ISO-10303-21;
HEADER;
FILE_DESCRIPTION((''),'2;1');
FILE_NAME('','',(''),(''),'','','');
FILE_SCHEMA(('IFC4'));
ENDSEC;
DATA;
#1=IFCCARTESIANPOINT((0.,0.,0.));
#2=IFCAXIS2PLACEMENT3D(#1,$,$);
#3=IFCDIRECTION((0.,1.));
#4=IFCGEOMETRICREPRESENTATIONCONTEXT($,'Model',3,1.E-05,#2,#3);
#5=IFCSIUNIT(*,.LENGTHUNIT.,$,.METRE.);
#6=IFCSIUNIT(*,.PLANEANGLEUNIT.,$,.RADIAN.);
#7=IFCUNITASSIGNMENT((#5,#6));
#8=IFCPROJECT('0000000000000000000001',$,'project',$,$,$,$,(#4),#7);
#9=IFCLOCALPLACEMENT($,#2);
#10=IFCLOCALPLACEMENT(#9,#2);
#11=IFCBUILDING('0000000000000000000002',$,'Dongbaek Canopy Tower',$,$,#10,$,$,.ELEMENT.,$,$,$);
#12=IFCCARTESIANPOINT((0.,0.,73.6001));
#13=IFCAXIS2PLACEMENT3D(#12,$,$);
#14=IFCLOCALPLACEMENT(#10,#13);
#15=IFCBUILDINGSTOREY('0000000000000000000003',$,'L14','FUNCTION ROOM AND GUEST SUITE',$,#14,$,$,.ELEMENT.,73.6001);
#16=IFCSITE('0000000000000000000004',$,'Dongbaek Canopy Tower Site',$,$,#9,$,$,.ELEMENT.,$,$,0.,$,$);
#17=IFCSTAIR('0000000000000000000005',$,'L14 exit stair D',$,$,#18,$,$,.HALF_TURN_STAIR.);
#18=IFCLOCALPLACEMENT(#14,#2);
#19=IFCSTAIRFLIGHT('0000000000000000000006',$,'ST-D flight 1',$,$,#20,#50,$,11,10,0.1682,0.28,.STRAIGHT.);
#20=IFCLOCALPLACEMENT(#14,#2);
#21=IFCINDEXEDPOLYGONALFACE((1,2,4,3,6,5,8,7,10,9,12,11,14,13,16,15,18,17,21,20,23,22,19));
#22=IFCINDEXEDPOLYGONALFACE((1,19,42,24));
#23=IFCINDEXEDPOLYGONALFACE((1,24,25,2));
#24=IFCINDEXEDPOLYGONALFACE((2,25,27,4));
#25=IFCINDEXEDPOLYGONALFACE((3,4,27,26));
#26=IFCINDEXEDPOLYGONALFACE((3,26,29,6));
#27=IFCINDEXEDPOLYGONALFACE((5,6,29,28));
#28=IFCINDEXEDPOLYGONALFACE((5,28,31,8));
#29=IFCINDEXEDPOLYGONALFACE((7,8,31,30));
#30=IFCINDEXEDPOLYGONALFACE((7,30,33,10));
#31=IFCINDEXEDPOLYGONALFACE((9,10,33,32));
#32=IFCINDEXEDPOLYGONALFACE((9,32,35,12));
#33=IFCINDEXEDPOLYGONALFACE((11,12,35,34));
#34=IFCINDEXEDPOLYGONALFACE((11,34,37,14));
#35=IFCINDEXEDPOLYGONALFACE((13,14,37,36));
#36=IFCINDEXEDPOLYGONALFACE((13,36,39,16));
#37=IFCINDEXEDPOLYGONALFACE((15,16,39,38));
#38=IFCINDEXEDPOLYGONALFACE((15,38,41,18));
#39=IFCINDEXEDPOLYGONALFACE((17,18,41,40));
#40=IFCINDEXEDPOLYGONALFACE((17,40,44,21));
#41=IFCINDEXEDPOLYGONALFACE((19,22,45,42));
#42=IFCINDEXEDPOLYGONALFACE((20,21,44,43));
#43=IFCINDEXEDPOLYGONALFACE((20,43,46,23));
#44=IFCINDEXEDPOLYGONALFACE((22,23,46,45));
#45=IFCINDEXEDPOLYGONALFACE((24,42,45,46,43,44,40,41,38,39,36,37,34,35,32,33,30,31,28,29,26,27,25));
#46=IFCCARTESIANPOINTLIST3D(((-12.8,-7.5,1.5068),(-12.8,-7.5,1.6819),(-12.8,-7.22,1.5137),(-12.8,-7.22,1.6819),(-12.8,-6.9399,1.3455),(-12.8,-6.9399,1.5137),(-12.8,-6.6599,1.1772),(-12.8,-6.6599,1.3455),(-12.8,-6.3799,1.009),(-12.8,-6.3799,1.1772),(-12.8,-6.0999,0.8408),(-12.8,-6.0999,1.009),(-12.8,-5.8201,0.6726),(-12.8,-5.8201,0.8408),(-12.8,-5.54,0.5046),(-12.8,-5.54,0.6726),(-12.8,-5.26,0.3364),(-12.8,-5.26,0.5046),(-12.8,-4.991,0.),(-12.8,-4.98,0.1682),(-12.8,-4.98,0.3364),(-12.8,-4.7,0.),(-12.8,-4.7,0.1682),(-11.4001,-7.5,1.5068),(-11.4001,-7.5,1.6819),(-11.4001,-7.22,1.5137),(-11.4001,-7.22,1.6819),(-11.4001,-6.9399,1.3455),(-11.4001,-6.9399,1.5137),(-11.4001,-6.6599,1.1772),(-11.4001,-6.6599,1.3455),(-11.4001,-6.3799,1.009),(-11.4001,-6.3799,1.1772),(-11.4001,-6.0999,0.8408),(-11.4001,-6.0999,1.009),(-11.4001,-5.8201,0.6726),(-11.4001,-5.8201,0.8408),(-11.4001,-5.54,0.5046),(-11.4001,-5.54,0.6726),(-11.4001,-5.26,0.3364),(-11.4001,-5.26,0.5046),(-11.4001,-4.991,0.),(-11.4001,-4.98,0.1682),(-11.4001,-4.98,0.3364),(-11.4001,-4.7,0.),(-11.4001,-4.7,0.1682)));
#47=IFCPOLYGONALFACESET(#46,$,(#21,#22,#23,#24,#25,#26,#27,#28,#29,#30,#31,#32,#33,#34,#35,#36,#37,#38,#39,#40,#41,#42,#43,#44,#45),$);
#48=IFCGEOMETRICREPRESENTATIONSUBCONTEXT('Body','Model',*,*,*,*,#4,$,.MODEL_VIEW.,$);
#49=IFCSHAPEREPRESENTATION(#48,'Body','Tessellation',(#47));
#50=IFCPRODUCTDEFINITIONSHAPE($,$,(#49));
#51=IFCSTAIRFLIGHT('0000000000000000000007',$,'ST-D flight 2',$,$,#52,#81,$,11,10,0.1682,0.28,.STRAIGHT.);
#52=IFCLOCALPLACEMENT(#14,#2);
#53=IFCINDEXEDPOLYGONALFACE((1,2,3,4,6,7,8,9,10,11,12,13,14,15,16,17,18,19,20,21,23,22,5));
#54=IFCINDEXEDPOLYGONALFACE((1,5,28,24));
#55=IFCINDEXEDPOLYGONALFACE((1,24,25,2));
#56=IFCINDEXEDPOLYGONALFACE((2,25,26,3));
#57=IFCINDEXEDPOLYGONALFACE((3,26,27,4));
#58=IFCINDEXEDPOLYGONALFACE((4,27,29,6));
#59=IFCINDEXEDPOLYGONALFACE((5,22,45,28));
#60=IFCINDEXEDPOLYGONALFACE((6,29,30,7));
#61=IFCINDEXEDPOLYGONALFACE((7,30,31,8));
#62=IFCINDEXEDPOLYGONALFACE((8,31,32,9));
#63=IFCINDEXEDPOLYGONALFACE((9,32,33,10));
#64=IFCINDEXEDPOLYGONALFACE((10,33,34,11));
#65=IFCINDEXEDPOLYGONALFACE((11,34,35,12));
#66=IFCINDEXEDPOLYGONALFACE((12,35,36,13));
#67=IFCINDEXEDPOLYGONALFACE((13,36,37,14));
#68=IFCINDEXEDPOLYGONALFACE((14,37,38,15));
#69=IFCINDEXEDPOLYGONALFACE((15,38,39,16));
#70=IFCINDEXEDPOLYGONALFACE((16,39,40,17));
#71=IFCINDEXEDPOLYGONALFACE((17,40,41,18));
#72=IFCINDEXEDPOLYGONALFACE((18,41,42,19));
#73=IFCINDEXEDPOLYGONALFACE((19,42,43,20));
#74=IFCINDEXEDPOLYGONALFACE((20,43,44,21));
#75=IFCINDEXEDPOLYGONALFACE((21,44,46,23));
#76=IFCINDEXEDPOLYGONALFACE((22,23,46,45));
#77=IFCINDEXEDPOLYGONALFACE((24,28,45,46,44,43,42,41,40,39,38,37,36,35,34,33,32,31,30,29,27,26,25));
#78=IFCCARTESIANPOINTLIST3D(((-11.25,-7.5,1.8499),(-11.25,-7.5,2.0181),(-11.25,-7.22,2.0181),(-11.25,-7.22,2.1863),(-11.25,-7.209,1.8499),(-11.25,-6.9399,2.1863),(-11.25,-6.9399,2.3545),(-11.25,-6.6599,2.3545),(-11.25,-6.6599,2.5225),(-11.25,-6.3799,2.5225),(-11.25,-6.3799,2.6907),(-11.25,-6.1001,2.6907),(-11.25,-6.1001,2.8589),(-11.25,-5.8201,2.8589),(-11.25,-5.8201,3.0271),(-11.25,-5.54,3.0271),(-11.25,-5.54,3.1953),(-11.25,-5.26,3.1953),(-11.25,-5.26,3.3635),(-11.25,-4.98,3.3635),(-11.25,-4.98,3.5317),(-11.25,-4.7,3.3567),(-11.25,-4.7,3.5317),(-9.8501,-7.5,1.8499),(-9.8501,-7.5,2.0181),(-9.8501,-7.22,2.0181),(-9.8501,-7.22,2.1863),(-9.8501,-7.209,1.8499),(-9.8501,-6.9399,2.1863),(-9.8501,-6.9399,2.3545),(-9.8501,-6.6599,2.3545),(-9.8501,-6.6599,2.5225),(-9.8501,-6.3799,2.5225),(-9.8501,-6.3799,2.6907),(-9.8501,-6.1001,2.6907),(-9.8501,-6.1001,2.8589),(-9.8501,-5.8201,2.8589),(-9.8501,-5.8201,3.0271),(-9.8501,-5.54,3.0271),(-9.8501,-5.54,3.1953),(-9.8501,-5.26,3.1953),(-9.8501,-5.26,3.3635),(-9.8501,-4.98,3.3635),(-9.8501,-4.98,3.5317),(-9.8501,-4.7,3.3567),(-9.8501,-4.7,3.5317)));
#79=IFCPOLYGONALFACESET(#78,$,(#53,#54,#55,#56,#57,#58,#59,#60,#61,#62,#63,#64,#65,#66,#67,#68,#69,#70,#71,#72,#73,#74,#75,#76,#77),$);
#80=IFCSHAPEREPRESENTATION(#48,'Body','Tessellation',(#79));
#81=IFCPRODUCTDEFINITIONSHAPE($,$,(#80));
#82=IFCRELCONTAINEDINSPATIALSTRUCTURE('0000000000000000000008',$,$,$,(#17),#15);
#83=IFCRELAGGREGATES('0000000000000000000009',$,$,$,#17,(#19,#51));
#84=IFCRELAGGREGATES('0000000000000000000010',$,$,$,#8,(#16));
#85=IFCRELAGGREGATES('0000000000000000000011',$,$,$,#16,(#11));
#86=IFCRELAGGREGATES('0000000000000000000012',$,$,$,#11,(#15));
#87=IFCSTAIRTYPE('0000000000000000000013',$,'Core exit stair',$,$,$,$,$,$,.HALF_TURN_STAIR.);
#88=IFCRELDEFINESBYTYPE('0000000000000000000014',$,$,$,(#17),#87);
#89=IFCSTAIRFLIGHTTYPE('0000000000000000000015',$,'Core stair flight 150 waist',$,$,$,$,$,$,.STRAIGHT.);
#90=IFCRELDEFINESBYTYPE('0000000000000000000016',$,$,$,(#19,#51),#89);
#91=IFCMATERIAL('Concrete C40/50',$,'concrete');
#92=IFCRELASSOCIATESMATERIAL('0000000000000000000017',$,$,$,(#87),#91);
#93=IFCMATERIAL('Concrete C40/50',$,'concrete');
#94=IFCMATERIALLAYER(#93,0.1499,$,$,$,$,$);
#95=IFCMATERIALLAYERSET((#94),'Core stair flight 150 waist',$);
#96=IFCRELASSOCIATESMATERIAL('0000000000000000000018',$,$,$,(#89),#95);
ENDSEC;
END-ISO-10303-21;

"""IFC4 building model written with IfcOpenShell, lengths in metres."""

from ifc_helpers import new_model, si_unit, direction, frame, origin, place, context, subcontext, project, spatial, polyline, outline, extrude, material, layer, layer_set, type_object, element, aggregate, save


model = new_model("IFC4")

# Units and contexts
model_context = context("Model", 3, precision=1e-05, world=origin(), true_north=direction((0.0, 1.0)))
body_context = subcontext(model_context, "Body", "Model", "MODEL_VIEW")
ifc_project = project(units=[si_unit("LENGTHUNIT", "METRE"), si_unit("PLANEANGLEUNIT", "RADIAN")], contexts=[model_context])

# Site, building, storey
site_placement = place(None, origin())
site = spatial("IfcSite", under=ifc_project, at=site_placement, Name="Dongbaek Canopy Tower Site", CompositionType="ELEMENT", RefElevation=0.0)
building_placement = place(site_placement, origin())
building = spatial("IfcBuilding", under=site, at=building_placement, Name="Dongbaek Canopy Tower", CompositionType="ELEMENT")
storey_placement = place(building_placement, frame((0.0, 0.0, 73.6001)))
storey = spatial("IfcBuildingStorey", under=building, at=storey_placement, Name="L14", Description="FUNCTION ROOM AND GUEST SUITE", CompositionType="ELEMENT", Elevation=73.6001)

# Stair, stair flights
ifc_material_1 = material(Name="Concrete C40/50", Category="concrete")
stair_type = type_object("IfcStairType", Name="Core exit stair", PredefinedType="HALF_TURN_STAIR", material=ifc_material_1)
stair_placement = place(storey_placement, origin())
stair = element("IfcStair", 1, at=stair_placement, inside=storey, type_object=stair_type, Name="L14 exit stair D", PredefinedType="HALF_TURN_STAIR")
ifc_material_2 = material(Name="Concrete C40/50", Category="concrete")
ifc_layer_1 = layer(ifc_material_2, 0.1499)
ifc_layer_set_1 = layer_set([ifc_layer_1], Name="Core stair flight 150 waist")
stair_flight_type = type_object("IfcStairFlightType", Name="Core stair flight 150 waist", PredefinedType="STRAIGHT", material=ifc_layer_set_1)
stair_flight_1_placement = place(storey_placement, frame((-12.1001, -4.7, 0.0), z_axis=(0.0, 0.0, 1.0), x_axis=(0.0, -1.0, 0.0)))
stair_flight_1 = element("IfcStairFlight", 2, at=stair_flight_1_placement, type_object=stair_flight_type, Name="ST-D flight 1", NumberOfRisers=11, NumberOfTreads=10, PredefinedType="STRAIGHT", RiserHeight=0.1682, TreadLength=0.28, context=body_context, shape_type="SweptSolid", body=[
    extrude(outline(polyline([(0.0, 0.0), (0.0, 0.1682), (0.28, 0.1682), (0.28, 0.3364), (0.5601, 0.3364), (0.5601, 0.5046), (0.8401, 0.5046), (0.8401, 0.6726), (1.1201, 0.6726), (1.1201, 0.8408), (1.3999, 0.8408), (1.3999, 1.009), (1.6799, 1.009), (1.6799, 1.1772), (1.96, 1.1772), (1.96, 1.3455), (2.24, 1.3455), (2.24, 1.5137), (2.52, 1.5137), (2.52, 1.6819), (2.8, 1.6819), (2.8, 1.8501), (2.8, 1.5068), (0.291, 0.0), (0.0, 0.0)])), frame((0.0, 0.7, 0.0), z_axis=(0.0, -1.0, 0.0), x_axis=(1.0, 0.0, 0.0)), (0.0, 0.0, 1.0), 1.3999),
])
stair_flight_2_placement = place(storey_placement, frame((-10.55, -7.5, 1.8499), z_axis=(0.0, 0.0, 1.0), x_axis=(0.0, 1.0, 0.0)))
stair_flight_2 = element("IfcStairFlight", 3, at=stair_flight_2_placement, type_object=stair_flight_type, Name="ST-D flight 2", NumberOfRisers=11, NumberOfTreads=10, PredefinedType="STRAIGHT", RiserHeight=0.1682, TreadLength=0.28, context=body_context, shape_type="SweptSolid", body=[
    extrude(outline(polyline([(0.0, 0.0), (0.0, 0.1682), (0.28, 0.1682), (0.28, 0.3364), (0.5601, 0.3364), (0.5601, 0.5046), (0.8401, 0.5046), (0.8401, 0.6726), (1.1201, 0.6726), (1.1201, 0.8408), (1.3999, 0.8408), (1.3999, 1.009), (1.6799, 1.009), (1.6799, 1.1772), (1.96, 1.1772), (1.96, 1.3455), (2.24, 1.3455), (2.24, 1.5137), (2.52, 1.5137), (2.52, 1.6819), (2.8, 1.6819), (2.8, 1.8501), (2.8, 1.5068), (0.291, 0.0), (0.0, 0.0)])), frame((0.0, 0.7, 0.0), z_axis=(0.0, -1.0, 0.0), x_axis=(1.0, 0.0, 0.0)), (0.0, 0.0, 1.0), 1.3999),
])
aggregate(stair, [stair_flight_1, stair_flight_2])

save(model, "model.ifc")
